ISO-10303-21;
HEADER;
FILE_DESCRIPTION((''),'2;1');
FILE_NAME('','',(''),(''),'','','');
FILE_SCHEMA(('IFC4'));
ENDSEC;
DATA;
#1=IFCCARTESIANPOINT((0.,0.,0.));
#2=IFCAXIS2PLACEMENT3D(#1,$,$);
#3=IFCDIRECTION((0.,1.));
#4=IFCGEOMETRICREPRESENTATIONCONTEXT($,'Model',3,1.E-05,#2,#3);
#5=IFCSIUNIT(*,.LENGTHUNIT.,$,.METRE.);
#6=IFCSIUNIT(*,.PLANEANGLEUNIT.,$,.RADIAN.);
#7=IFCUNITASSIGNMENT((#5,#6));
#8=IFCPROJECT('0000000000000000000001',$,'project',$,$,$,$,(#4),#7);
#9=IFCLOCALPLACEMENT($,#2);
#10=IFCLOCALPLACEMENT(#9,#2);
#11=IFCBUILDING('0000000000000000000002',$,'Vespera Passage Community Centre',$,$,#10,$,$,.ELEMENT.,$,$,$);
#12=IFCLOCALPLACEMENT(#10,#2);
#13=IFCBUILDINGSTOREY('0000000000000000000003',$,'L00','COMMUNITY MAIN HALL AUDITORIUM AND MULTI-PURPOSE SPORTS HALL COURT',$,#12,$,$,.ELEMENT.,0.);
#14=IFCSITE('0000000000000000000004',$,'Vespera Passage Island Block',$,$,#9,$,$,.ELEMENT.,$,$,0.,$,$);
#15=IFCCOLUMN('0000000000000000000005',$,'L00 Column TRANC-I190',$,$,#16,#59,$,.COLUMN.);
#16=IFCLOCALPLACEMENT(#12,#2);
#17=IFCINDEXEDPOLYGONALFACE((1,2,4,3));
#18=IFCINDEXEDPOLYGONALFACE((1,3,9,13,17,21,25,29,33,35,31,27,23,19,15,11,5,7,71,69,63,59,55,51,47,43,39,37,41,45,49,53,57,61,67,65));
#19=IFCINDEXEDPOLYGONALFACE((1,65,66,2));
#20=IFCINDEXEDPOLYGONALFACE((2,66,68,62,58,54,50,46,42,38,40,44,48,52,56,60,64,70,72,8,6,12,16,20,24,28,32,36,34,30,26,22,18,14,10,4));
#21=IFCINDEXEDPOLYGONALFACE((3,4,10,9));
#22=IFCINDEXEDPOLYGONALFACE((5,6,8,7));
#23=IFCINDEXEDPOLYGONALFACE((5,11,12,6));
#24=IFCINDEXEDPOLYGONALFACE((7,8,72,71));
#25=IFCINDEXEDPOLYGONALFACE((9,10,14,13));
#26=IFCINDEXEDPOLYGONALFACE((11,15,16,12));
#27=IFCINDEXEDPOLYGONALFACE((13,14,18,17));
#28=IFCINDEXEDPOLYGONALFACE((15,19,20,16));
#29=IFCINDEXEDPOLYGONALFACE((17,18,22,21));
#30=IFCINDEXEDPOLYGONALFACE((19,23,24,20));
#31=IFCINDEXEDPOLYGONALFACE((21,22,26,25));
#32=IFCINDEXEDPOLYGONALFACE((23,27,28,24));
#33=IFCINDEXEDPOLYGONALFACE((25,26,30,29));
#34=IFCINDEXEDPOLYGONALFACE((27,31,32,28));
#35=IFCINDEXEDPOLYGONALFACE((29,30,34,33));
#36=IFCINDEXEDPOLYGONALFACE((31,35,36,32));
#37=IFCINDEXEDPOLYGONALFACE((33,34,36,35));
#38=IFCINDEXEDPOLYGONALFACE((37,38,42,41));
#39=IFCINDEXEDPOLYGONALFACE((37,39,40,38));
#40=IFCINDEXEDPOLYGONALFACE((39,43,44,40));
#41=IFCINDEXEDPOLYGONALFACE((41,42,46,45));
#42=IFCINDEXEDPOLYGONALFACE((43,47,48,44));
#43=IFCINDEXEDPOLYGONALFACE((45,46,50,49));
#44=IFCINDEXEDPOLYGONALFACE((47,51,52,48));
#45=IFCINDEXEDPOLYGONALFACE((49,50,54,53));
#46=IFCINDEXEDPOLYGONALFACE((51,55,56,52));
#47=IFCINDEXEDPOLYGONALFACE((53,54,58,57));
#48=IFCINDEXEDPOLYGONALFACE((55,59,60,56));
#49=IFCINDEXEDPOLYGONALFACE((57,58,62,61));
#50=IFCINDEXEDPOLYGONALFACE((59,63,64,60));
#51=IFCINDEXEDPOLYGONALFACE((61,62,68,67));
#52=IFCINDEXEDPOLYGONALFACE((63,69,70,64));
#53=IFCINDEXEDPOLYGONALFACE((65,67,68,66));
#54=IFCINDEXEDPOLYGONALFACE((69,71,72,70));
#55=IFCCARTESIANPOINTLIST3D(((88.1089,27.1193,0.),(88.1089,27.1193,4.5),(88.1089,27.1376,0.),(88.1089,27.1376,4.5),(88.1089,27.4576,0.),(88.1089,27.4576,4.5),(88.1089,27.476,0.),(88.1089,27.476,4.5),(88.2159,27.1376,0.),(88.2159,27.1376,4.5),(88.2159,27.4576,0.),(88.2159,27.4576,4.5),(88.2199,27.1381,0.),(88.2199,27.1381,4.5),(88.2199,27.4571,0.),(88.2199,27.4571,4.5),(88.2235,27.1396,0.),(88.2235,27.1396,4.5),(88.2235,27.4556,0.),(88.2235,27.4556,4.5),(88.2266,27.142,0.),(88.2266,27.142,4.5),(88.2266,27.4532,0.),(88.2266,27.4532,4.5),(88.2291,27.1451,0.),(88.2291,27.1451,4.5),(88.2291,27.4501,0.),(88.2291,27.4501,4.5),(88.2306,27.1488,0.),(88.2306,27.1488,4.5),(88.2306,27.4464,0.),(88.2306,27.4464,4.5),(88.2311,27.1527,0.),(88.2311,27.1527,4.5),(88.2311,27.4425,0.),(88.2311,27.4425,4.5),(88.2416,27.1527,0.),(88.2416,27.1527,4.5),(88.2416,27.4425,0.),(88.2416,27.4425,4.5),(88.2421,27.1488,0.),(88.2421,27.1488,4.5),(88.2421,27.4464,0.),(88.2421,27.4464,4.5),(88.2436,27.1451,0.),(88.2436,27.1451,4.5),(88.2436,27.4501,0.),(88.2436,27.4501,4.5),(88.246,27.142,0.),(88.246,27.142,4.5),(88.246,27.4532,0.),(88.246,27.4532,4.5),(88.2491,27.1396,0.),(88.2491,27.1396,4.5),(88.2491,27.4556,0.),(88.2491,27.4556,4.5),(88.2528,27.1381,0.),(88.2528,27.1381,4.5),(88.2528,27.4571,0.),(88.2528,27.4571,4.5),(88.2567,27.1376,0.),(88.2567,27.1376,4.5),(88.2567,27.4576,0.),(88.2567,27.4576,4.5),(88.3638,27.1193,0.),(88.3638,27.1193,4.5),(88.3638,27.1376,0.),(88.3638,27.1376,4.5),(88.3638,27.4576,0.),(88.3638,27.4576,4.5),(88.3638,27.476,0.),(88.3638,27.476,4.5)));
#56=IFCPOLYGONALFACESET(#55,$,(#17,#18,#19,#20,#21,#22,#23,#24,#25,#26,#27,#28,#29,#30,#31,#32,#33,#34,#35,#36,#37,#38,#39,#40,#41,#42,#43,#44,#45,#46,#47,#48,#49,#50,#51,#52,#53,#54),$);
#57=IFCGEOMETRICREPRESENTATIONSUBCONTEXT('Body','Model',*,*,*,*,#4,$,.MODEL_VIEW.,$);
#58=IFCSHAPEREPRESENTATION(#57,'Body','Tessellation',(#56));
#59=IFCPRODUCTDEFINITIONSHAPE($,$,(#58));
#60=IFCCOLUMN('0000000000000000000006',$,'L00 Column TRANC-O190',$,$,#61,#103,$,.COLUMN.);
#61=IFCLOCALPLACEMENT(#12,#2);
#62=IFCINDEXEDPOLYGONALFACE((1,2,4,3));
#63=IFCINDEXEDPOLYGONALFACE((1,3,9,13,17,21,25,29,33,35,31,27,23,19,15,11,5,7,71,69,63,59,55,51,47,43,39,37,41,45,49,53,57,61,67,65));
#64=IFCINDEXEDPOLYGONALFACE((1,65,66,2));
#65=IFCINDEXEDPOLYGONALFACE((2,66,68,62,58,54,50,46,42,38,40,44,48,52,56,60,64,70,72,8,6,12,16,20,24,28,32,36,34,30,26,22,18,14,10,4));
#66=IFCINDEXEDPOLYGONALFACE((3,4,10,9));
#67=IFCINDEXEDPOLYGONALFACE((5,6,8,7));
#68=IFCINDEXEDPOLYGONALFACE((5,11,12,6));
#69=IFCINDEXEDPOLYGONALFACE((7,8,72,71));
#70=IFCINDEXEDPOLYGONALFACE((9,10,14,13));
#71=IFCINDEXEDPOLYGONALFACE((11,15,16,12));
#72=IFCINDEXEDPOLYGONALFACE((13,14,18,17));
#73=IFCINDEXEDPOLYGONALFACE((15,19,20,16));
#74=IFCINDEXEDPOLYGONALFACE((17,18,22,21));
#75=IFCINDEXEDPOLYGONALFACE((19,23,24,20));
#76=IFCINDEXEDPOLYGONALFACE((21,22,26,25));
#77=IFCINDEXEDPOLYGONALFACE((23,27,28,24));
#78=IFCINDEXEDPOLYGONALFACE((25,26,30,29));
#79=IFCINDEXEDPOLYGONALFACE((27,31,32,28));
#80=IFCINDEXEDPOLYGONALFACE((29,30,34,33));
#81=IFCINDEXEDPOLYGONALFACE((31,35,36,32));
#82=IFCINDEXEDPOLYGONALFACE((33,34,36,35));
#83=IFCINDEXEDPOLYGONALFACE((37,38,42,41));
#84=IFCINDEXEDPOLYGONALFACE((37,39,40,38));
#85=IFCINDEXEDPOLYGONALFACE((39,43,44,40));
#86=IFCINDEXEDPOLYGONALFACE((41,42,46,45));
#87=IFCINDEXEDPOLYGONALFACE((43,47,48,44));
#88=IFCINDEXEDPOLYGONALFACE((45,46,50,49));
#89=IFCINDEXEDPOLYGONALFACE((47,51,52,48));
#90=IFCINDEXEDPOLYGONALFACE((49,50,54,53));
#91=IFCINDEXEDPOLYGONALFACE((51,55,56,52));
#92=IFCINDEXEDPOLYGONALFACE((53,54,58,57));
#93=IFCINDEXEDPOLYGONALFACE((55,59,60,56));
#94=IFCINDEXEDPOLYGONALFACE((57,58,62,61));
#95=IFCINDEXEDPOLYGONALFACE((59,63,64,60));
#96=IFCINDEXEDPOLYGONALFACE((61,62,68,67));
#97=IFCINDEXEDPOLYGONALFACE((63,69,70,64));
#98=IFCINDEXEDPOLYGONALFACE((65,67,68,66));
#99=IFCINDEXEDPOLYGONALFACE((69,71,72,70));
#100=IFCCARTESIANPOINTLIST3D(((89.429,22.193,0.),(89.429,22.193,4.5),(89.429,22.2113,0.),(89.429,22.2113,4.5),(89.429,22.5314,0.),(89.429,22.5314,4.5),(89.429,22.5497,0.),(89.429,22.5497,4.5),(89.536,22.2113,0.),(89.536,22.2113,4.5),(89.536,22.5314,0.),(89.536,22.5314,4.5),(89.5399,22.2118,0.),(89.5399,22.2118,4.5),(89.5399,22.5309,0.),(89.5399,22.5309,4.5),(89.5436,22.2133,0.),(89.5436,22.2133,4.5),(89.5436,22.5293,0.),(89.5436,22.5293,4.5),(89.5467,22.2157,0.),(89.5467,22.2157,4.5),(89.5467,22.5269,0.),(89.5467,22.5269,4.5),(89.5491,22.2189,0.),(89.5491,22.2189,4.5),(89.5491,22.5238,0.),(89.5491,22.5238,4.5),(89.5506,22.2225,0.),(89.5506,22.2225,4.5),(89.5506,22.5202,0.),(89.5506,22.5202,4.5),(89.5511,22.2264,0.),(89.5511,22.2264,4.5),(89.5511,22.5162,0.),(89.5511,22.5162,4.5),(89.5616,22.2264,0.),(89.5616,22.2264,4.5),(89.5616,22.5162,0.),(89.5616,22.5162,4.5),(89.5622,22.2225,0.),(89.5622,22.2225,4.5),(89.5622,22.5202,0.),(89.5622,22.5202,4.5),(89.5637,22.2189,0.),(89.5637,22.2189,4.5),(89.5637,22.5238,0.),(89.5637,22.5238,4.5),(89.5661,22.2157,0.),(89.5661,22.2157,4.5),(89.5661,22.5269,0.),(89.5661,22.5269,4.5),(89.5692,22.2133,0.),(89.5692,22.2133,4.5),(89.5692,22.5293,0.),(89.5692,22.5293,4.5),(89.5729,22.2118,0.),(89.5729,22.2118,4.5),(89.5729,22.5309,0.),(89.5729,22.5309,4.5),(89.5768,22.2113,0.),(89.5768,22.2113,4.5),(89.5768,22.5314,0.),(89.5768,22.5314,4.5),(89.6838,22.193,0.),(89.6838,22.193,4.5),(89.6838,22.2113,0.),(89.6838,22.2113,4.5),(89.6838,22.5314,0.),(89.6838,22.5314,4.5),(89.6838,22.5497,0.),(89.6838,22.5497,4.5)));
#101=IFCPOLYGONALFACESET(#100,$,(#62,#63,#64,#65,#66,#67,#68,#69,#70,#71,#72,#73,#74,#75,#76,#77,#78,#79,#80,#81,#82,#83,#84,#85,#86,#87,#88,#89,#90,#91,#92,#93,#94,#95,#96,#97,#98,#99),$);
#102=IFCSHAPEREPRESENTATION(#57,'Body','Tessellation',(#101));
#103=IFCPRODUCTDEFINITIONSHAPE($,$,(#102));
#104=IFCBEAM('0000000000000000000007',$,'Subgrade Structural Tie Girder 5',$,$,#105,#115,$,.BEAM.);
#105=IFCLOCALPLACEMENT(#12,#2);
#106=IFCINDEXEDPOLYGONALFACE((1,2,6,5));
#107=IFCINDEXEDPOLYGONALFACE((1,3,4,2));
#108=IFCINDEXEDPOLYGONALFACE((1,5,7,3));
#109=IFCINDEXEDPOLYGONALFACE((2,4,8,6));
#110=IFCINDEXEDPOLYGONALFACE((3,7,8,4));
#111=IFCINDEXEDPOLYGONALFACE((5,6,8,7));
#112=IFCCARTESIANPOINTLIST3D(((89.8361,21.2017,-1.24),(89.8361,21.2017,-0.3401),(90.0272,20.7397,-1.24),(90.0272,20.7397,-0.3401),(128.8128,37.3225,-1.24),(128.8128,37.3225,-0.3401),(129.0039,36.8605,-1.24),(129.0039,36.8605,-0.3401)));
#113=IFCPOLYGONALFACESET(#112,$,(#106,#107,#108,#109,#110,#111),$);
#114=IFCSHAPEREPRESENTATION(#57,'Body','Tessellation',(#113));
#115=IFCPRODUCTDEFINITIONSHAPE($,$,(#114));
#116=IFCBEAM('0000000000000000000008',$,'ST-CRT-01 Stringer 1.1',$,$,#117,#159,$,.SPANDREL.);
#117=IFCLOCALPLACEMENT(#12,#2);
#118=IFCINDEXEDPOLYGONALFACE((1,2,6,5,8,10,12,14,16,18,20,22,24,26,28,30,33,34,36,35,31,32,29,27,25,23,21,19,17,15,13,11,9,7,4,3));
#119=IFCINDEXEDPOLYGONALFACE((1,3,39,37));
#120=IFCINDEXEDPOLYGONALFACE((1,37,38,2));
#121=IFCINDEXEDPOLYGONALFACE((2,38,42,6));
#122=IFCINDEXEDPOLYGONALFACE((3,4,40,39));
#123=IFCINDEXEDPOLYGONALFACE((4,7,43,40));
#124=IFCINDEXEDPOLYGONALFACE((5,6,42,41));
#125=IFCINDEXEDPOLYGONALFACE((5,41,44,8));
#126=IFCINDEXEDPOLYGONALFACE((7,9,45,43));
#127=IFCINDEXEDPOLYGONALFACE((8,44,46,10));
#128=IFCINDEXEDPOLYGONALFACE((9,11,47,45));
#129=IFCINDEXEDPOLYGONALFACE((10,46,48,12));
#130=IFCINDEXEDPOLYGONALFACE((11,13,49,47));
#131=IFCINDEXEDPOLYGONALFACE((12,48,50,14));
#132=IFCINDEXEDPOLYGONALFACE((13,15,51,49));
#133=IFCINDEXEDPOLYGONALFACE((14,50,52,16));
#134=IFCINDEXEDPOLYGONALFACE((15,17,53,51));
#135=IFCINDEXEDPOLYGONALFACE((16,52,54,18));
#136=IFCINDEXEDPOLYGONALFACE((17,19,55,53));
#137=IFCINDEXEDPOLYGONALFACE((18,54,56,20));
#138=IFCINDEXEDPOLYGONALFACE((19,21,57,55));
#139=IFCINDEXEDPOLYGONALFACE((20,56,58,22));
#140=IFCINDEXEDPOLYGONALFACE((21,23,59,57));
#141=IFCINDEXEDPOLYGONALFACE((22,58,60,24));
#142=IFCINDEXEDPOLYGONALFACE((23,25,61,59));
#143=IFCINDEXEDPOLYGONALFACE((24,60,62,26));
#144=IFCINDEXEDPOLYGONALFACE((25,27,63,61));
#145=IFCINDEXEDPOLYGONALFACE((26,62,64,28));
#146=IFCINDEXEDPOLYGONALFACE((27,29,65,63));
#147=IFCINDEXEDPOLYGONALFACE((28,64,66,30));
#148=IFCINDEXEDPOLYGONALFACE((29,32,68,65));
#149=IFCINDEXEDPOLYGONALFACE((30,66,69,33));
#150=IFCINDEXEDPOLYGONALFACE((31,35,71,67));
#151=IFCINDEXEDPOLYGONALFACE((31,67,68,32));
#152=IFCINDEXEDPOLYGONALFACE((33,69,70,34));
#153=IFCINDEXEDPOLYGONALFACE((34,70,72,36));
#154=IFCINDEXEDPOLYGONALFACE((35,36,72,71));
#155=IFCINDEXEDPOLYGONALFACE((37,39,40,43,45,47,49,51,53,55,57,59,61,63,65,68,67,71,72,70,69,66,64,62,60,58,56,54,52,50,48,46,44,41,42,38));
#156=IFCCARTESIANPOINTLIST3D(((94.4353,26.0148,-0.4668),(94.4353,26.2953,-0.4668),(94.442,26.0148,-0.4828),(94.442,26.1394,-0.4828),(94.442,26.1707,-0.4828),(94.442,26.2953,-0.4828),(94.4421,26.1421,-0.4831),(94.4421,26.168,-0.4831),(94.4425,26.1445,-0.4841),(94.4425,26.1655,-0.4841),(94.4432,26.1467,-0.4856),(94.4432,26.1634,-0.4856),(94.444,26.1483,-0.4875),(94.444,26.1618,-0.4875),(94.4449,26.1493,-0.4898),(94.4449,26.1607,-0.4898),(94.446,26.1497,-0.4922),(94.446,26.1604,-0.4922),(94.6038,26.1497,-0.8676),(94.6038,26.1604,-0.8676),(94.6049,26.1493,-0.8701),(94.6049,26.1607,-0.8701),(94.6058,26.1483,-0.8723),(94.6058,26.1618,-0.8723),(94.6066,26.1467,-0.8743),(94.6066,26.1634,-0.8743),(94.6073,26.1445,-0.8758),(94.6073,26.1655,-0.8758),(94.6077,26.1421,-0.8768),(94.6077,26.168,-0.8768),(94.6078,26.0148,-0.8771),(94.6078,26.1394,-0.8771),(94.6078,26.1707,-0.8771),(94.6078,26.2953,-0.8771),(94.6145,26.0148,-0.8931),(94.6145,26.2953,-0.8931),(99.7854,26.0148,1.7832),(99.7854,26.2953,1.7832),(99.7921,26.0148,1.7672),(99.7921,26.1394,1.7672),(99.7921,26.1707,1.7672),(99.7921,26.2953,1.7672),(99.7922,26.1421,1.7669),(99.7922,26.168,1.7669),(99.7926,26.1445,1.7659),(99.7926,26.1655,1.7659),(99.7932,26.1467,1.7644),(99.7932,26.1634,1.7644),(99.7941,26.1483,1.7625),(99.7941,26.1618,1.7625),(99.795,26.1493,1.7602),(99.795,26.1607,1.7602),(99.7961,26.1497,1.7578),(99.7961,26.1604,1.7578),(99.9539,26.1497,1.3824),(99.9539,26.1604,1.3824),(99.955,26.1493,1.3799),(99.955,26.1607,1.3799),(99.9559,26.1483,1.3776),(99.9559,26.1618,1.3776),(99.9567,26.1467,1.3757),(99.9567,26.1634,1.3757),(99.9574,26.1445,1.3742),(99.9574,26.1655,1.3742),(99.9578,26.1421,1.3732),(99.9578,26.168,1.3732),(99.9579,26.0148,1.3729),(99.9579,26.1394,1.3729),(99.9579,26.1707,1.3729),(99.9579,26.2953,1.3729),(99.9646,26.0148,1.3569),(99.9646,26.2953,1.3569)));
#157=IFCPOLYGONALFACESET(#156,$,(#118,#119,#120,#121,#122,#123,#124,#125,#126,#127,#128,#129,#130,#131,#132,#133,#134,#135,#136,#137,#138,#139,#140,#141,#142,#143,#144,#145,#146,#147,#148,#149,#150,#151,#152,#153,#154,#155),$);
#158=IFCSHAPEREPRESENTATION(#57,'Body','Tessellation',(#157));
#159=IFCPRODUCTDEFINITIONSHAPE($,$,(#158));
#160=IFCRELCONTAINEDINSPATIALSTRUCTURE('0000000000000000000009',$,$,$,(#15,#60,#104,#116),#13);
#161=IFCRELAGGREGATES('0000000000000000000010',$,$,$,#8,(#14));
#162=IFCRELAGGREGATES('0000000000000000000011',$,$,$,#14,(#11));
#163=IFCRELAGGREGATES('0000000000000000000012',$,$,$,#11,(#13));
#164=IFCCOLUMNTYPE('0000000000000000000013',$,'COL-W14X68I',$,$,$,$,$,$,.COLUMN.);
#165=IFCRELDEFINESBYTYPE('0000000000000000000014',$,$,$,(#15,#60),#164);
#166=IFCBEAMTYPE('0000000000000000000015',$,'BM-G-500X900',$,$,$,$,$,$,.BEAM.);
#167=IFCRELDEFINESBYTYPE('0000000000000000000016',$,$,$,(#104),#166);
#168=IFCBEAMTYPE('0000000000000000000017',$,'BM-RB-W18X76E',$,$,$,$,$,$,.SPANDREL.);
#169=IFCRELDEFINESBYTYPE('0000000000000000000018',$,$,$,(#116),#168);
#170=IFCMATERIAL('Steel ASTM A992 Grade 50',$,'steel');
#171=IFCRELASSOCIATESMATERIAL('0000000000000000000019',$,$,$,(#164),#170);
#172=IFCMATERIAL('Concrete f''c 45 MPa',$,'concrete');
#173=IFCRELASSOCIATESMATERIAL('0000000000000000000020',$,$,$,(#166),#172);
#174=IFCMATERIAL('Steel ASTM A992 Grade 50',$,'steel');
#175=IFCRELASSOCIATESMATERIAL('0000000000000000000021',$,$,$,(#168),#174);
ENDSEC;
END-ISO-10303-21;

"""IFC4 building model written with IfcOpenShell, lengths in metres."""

from ifc_helpers import new_model, si_unit, direction, frame, origin, origin_2d, place, context, subcontext, project, spatial, rectangle, i_section, extrude, material, material_profile, profile_set, type_object, element, save


model = new_model("IFC4")

# Units and contexts
model_context = context("Model", 3, precision=1e-05, world=origin(), true_north=direction((0.0, 1.0)))
body_context = subcontext(model_context, "Body", "Model", "MODEL_VIEW")
ifc_project = project(units=[si_unit("LENGTHUNIT", "METRE"), si_unit("PLANEANGLEUNIT", "RADIAN")], contexts=[model_context])

# Site, building, storey
site_placement = place(None, origin())
site = spatial("IfcSite", under=ifc_project, at=site_placement, Name="Vespera Passage Island Block", CompositionType="ELEMENT", RefElevation=0.0)
building_placement = place(site_placement, origin())
building = spatial("IfcBuilding", under=site, at=building_placement, Name="Vespera Passage Community Centre", CompositionType="ELEMENT")
storey_placement = place(building_placement, origin())
storey = spatial("IfcBuildingStorey", under=building, at=storey_placement, Name="L00", Description="COMMUNITY MAIN HALL AUDITORIUM AND MULTI-PURPOSE SPORTS HALL COURT", CompositionType="ELEMENT", Elevation=0.0)

# Columns
ifc_material_1 = material(Name="Steel ASTM A992 Grade 50", Category="steel")
ifc_material_profile_1 = material_profile(ifc_material_1, i_section(OverallWidth=0.2549, OverallDepth=0.3567, WebThickness=0.0105, FlangeThickness=0.0183, FilletRadius=0.0151, at=origin_2d()), Name="W14X68")
ifc_profile_set_1 = profile_set([ifc_material_profile_1], Name="Steel ASTM A992 Grade 50")
column_type_1 = type_object("IfcColumnType", Name="COL-W14X68I", PredefinedType="COLUMN", material=ifc_profile_set_1)
for number, where, z_axis, x_axis, name in (
    (1, (88.2363, 27.2976, 0.0), (0.0, 0.0, 1.0), (1.0, 0.0, 0.0), "L00 Column TRANC-I190"),
    (2, (89.5564, 22.3713, 0.0), (0.0, 0.0, 1.0), (1.0, 0.0, 0.0), "L00 Column TRANC-O190"),
):
    element("IfcColumn", number, at=place(storey_placement, frame(where, z_axis=z_axis, x_axis=x_axis)), inside=storey, type_object=column_type_1, Name=name, PredefinedType="COLUMN", context=body_context, shape_type="SweptSolid", body=[
        extrude(i_section(OverallWidth=0.2549, OverallDepth=0.3567, WebThickness=0.0105, FlangeThickness=0.0183, FilletRadius=0.0151, at=origin_2d()), origin(), (0.0, 0.0, 1.0), 4.5),
    ])

# Beams
ifc_material_2 = material(Name="Concrete f'c 45 MPa", Category="concrete")
ifc_material_profile_2 = material_profile(ifc_material_2, rectangle(XDim=0.5, YDim=0.8999, at=origin_2d()), Name="RC500X900")
ifc_profile_set_2 = profile_set([ifc_material_profile_2], Name="Concrete f'c 45 MPa")
beam_type_1 = type_object("IfcBeamType", Name="BM-G-500X900", PredefinedType="BEAM", material=ifc_profile_set_2)
beam_1_placement = place(storey_placement, frame((89.9316, 20.9707, -0.79), z_axis=(0.92408, 0.3822, 0.0), x_axis=(-0.3822, 0.92408, 0.0)))
element("IfcBeam", 3, at=beam_1_placement, inside=storey, type_object=beam_type_1, Name="Subgrade Structural Tie Girder 5", PredefinedType="BEAM", context=body_context, shape_type="SweptSolid", body=[
    extrude(rectangle(XDim=0.5, YDim=0.8999, at=origin_2d()), origin(), (0.0, 0.0, 1.0), 42.179),
])
ifc_material_3 = material(Name="Steel ASTM A992 Grade 50", Category="steel")
ifc_material_profile_3 = material_profile(ifc_material_3, i_section(OverallWidth=0.2805, OverallDepth=0.4624, WebThickness=0.0107, FlangeThickness=0.0173, FilletRadius=0.0103, at=origin_2d()), Name="W18X76")
ifc_profile_set_3 = profile_set([ifc_material_profile_3], Name="Steel ASTM A992 Grade 50")
beam_type_2 = type_object("IfcBeamType", Name="BM-RB-W18X76E", PredefinedType="SPANDREL", material=ifc_profile_set_3)
beam_2_placement = place(storey_placement, frame((94.5249, 26.155, -0.6799), z_axis=(0.9218, 0.0, 0.387666), x_axis=(0.0, 1.0, 0.0)))
element("IfcBeam", 4, at=beam_2_placement, inside=storey, type_object=beam_type_2, Name="ST-CRT-01 Stringer 1.1", PredefinedType="SPANDREL", context=body_context, shape_type="SweptSolid", body=[
    extrude(i_section(OverallWidth=0.2805, OverallDepth=0.4624, WebThickness=0.0107, FlangeThickness=0.0173, FilletRadius=0.0103, at=origin_2d()), origin(), (0.0, 0.0, 1.0), 5.804),
])

save(model, "model.ifc")
